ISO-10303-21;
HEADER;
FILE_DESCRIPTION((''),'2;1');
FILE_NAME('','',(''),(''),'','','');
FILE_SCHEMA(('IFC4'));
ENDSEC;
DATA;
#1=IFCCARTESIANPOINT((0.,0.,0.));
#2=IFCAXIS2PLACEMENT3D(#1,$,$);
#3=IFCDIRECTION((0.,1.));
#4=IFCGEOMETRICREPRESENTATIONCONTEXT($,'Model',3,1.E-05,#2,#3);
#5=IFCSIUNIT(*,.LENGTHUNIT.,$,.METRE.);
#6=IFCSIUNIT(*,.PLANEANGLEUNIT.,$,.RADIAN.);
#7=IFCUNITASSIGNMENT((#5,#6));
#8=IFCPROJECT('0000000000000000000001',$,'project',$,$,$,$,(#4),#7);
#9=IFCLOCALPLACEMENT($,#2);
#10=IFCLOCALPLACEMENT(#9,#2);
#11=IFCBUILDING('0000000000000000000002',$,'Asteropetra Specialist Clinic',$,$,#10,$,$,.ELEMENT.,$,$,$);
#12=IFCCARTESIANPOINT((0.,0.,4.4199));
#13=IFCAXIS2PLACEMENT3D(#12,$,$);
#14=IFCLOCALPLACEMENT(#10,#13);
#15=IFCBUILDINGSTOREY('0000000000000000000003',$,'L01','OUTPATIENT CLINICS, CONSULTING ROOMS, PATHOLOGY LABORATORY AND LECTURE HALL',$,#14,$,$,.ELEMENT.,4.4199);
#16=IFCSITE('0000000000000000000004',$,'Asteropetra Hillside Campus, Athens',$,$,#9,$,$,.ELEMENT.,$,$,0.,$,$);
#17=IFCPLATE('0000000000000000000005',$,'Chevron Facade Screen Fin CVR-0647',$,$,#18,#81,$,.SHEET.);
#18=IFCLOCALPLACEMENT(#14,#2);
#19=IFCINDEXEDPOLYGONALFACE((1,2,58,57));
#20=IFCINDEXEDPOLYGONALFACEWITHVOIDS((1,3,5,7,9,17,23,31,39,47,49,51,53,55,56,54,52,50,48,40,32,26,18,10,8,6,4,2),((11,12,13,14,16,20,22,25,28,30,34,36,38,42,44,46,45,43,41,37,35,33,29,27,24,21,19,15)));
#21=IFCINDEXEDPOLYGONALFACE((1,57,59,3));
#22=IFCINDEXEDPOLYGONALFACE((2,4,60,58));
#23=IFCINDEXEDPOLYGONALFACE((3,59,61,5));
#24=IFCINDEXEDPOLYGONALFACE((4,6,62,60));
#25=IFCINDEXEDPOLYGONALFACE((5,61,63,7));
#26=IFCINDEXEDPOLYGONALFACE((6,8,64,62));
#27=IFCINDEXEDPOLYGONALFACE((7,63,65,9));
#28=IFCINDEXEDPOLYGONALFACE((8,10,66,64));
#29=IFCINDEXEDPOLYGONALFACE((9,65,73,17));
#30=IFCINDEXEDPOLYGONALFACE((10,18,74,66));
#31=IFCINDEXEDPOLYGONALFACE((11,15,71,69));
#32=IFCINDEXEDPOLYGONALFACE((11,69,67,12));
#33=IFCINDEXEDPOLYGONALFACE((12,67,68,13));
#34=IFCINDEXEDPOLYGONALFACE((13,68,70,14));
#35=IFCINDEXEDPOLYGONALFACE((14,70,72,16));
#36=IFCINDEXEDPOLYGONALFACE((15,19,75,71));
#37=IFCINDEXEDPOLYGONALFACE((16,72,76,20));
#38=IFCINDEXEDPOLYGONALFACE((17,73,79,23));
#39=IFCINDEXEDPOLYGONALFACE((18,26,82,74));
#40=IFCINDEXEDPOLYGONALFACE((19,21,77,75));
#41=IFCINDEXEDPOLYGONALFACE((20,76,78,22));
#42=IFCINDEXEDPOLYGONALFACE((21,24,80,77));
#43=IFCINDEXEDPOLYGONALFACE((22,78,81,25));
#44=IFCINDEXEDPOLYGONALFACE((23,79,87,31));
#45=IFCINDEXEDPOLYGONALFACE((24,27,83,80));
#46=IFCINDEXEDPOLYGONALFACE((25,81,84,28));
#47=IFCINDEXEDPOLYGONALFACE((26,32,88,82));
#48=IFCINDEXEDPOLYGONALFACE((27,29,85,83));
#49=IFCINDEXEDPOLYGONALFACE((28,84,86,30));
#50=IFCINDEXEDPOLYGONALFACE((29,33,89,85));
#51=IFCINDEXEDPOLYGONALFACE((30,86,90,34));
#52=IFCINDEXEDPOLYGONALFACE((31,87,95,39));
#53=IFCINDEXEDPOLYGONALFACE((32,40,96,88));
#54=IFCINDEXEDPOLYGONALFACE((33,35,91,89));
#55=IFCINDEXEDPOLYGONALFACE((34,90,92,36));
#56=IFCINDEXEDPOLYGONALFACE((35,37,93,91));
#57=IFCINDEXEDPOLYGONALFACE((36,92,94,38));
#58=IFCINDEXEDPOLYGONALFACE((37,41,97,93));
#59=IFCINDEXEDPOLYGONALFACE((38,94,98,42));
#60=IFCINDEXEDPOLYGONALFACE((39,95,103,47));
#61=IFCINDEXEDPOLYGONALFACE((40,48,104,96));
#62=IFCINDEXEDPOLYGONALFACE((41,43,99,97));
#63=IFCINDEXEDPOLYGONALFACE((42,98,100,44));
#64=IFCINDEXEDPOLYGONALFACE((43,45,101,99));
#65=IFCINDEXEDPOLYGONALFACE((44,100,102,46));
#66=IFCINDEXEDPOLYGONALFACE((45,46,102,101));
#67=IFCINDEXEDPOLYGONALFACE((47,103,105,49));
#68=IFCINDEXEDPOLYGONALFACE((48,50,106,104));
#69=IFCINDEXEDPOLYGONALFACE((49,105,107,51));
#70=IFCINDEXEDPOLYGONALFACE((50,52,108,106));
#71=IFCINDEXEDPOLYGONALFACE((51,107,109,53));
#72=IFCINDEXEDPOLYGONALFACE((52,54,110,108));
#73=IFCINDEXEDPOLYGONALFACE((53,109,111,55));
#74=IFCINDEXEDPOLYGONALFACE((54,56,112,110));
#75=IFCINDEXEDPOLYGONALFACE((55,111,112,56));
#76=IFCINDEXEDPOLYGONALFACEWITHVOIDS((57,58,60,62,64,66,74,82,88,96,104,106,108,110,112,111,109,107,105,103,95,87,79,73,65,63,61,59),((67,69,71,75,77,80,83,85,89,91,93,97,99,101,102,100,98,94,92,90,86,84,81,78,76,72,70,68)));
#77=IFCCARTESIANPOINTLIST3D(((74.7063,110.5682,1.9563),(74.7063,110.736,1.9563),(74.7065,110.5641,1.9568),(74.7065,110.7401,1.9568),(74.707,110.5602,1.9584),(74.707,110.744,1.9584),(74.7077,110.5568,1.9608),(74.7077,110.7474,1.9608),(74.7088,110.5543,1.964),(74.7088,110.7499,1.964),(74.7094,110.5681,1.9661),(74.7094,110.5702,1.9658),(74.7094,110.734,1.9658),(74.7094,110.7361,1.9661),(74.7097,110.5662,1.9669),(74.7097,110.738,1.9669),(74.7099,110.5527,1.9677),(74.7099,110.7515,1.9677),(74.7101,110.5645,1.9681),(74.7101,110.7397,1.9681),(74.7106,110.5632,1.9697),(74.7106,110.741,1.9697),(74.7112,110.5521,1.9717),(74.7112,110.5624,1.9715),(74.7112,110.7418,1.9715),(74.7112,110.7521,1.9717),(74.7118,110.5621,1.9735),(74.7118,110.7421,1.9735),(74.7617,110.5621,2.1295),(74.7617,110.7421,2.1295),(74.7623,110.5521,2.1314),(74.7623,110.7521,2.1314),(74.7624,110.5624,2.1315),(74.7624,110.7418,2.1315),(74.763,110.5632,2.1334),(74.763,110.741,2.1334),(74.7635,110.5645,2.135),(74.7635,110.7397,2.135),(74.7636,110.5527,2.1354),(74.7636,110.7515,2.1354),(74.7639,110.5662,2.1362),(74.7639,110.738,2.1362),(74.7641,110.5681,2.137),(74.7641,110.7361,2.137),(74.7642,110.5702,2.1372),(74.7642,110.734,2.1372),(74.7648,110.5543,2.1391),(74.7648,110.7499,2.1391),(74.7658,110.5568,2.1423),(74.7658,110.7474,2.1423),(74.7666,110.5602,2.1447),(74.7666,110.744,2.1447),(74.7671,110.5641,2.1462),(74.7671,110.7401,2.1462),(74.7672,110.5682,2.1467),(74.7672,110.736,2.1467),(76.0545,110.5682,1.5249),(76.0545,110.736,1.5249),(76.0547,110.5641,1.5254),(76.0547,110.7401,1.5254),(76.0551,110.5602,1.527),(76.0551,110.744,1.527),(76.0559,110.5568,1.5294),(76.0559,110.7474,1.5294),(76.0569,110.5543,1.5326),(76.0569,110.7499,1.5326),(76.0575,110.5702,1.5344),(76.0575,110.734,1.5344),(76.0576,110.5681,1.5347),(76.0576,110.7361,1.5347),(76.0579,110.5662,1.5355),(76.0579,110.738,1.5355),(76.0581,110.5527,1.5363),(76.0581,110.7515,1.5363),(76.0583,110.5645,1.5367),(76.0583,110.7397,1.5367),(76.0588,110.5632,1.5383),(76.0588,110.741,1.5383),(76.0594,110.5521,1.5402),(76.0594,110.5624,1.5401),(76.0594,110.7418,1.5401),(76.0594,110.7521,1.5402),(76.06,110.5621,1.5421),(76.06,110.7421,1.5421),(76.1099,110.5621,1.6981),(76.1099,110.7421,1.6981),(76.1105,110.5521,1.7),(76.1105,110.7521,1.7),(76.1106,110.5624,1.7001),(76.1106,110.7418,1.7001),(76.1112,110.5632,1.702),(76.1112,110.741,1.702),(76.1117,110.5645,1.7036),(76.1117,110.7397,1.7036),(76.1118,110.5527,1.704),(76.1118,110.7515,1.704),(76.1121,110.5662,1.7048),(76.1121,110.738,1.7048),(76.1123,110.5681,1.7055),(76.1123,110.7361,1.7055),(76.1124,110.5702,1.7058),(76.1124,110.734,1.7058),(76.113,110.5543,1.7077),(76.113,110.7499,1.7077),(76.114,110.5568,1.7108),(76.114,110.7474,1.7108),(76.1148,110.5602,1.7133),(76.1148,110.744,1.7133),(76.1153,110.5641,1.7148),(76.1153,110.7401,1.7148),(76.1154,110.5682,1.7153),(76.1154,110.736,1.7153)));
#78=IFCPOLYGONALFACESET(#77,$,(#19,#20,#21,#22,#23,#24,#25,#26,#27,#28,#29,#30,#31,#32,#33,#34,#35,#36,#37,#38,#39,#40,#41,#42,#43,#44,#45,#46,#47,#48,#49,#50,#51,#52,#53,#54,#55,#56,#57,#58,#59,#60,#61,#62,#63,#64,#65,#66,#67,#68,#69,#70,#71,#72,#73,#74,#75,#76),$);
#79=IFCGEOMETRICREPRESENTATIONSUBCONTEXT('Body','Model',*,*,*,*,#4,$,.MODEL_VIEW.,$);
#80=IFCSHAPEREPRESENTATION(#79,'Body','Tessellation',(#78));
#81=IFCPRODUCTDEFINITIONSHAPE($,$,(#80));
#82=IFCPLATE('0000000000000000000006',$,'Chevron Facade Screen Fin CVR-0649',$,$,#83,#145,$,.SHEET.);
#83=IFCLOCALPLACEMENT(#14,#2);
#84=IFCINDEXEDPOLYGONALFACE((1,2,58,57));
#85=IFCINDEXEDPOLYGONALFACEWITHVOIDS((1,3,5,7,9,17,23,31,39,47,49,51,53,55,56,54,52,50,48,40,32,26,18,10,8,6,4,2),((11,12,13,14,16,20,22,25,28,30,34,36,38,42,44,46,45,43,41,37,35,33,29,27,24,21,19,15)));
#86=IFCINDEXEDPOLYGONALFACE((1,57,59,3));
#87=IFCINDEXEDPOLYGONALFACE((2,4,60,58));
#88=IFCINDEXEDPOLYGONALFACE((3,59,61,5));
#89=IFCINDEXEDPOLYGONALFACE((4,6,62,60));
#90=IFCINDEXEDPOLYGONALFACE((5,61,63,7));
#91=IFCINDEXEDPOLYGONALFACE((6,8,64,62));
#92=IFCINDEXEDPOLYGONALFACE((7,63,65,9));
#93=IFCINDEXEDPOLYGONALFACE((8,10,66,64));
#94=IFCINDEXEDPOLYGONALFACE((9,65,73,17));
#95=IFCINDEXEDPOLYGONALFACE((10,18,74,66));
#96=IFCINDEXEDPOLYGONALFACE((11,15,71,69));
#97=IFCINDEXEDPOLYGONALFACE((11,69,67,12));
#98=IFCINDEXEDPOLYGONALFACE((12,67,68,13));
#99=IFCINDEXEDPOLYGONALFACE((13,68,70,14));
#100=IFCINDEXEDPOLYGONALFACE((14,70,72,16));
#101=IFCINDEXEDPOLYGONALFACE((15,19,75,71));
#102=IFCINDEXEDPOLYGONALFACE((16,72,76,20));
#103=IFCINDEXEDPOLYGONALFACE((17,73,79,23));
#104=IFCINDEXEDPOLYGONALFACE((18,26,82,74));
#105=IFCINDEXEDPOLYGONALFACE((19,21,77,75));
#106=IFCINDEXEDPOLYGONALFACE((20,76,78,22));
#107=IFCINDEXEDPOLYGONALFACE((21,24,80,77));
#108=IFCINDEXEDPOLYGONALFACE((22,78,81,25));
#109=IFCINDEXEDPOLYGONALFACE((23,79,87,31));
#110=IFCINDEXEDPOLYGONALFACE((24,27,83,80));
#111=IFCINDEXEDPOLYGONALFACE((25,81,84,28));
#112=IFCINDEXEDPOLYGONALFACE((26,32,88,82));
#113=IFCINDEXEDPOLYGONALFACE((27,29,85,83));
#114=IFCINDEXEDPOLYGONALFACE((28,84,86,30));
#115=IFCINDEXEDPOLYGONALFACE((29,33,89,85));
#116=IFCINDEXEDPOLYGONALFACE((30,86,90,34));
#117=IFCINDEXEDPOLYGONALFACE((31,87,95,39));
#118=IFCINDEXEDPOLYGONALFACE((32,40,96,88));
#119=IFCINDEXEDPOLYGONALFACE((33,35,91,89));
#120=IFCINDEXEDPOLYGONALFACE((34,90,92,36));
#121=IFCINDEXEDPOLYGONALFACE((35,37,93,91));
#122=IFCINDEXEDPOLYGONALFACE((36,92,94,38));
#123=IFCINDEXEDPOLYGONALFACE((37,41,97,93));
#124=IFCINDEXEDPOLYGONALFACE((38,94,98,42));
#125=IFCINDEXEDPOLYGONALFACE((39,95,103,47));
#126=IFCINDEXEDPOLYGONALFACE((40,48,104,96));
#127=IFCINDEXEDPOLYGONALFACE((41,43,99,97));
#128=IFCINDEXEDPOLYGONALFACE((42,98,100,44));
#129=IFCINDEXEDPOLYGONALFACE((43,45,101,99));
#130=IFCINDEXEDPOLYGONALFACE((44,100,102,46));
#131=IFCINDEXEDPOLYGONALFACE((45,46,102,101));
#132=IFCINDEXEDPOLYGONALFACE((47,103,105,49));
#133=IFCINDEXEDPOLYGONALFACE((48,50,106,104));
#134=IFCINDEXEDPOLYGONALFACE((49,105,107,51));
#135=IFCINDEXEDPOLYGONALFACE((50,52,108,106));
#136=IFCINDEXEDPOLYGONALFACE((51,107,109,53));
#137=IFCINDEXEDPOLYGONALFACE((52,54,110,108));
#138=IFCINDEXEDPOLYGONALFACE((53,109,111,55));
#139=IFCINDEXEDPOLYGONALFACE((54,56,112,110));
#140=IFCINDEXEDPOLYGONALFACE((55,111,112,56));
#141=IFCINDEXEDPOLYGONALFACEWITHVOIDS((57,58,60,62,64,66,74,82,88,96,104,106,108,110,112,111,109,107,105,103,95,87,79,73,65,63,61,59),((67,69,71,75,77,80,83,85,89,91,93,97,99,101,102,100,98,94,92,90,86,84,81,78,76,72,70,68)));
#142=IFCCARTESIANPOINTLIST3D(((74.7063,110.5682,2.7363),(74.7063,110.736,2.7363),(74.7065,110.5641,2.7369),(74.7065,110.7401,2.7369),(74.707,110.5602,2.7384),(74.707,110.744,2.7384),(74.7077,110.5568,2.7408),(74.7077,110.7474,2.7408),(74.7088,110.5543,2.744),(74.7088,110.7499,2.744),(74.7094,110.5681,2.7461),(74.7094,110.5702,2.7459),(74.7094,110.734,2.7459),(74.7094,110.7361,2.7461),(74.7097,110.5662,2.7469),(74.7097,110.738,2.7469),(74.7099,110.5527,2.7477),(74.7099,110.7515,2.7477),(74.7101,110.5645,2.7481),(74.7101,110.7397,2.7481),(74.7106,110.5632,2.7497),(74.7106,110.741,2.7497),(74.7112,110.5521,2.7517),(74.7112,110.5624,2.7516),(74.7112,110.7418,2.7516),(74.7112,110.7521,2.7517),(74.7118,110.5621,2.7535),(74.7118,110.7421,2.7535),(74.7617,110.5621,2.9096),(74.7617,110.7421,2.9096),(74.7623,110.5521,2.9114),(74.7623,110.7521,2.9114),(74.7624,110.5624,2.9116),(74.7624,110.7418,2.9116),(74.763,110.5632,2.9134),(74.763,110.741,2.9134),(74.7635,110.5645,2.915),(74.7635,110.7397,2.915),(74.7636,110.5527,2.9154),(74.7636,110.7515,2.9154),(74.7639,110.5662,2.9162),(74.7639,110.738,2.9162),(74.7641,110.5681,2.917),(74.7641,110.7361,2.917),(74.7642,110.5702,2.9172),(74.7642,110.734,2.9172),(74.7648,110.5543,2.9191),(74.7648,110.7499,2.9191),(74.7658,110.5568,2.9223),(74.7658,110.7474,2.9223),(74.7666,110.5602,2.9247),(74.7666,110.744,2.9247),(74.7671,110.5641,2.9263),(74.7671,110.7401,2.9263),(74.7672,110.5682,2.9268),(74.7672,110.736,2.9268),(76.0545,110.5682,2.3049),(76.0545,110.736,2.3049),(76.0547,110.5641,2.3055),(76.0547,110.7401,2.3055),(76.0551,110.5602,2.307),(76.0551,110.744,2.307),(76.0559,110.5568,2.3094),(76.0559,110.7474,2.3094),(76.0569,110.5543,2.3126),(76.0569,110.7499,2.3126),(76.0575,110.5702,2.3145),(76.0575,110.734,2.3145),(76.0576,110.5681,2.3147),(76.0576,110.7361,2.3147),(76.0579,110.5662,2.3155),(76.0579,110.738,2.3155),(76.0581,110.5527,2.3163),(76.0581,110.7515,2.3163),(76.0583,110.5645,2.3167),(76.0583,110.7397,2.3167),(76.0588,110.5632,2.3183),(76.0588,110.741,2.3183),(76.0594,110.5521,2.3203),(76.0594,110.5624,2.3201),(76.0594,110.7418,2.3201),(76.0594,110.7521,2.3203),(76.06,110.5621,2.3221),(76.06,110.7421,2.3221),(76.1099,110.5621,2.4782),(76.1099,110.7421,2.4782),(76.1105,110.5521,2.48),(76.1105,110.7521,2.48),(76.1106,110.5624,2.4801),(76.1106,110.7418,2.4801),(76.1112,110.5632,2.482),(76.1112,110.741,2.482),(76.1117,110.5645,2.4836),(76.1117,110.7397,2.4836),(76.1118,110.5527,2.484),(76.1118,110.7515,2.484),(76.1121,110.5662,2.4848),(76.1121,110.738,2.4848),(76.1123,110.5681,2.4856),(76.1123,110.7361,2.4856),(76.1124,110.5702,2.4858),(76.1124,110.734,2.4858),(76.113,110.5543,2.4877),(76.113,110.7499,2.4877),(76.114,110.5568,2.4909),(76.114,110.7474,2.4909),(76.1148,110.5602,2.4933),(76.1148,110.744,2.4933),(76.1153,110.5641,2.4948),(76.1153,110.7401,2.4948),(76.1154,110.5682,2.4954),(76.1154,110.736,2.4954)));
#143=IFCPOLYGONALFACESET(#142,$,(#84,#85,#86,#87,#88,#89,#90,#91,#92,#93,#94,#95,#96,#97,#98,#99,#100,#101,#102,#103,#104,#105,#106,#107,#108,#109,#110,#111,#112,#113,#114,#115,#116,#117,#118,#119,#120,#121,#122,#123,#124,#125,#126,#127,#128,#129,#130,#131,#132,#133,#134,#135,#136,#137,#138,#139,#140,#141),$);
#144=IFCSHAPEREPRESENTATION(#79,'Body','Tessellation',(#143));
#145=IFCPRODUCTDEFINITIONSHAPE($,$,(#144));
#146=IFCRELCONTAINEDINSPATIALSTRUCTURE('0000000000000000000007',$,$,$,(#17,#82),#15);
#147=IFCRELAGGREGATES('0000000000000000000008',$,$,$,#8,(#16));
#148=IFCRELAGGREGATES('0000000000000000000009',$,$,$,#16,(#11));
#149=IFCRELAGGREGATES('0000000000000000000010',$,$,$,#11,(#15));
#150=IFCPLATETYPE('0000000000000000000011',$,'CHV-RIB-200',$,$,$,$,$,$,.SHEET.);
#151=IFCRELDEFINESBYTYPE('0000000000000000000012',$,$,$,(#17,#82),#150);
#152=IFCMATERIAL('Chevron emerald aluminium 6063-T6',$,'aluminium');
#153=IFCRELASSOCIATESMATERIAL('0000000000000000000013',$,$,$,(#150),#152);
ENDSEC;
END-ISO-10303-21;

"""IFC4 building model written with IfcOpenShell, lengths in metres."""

from ifc_helpers import new_model, si_unit, direction, frame, origin, origin_2d, place, context, subcontext, project, spatial, hollow_rectangle, extrude, material, material_profile, profile_set, type_object, element, save


model = new_model("IFC4")

# Units and contexts
model_context = context("Model", 3, precision=1e-05, world=origin(), true_north=direction((0.0, 1.0)))
body_context = subcontext(model_context, "Body", "Model", "MODEL_VIEW")
ifc_project = project(units=[si_unit("LENGTHUNIT", "METRE"), si_unit("PLANEANGLEUNIT", "RADIAN")], contexts=[model_context])

# Site, building, storey
site_placement = place(None, origin())
site = spatial("IfcSite", under=ifc_project, at=site_placement, Name="Asteropetra Hillside Campus, Athens", CompositionType="ELEMENT", RefElevation=0.0)
building_placement = place(site_placement, origin())
building = spatial("IfcBuilding", under=site, at=building_placement, Name="Asteropetra Specialist Clinic", CompositionType="ELEMENT")
storey_placement = place(building_placement, frame((0.0, 0.0, 4.4199)))
storey = spatial("IfcBuildingStorey", under=building, at=storey_placement, Name="L01", Description="OUTPATIENT CLINICS, CONSULTING ROOMS, PATHOLOGY LABORATORY AND LECTURE HALL", CompositionType="ELEMENT", Elevation=4.4199)

# Plates
ifc_material_1 = material(Name="Chevron emerald aluminium 6063-T6", Category="aluminium")
ifc_material_profile_1 = material_profile(ifc_material_1, hollow_rectangle(XDim=0.2, YDim=0.2, WallThickness=0.01, InnerFilletRadius=0.0081, OuterFilletRadius=0.0161, at=origin_2d()), Name="SHS 200x200x10.0")
ifc_profile_set_1 = profile_set([ifc_material_profile_1], Name="Chevron emerald aluminium 6063-T6")
plate_type_1 = type_object("IfcPlateType", Name="CHV-RIB-200", PredefinedType="SHEET", material=ifc_profile_set_1)
for number, where, z_axis, x_axis, name in (
    (1, (76.085, 110.6521, 1.6201), (-0.952426, 0.0, 0.304769), (0.0, -1.0, 0.0), "Chevron Facade Screen Fin CVR-0647"),
    (2, (76.085, 110.6521, 2.4001), (-0.952426, 0.0, 0.304769), (0.0, -1.0, 0.0), "Chevron Facade Screen Fin CVR-0649"),
):
    element("IfcPlate", number, at=place(storey_placement, frame(where, z_axis=z_axis, x_axis=x_axis)), inside=storey, type_object=plate_type_1, Name=name, PredefinedType="SHEET", context=body_context, shape_type="SweptSolid", body=[
        extrude(hollow_rectangle(XDim=0.2, YDim=0.2, WallThickness=0.01, InnerFilletRadius=0.0081, OuterFilletRadius=0.0161, at=origin_2d()), origin(), (0.0, 0.0, 1.0), 1.4155),
    ])

save(model, "model.ifc")
